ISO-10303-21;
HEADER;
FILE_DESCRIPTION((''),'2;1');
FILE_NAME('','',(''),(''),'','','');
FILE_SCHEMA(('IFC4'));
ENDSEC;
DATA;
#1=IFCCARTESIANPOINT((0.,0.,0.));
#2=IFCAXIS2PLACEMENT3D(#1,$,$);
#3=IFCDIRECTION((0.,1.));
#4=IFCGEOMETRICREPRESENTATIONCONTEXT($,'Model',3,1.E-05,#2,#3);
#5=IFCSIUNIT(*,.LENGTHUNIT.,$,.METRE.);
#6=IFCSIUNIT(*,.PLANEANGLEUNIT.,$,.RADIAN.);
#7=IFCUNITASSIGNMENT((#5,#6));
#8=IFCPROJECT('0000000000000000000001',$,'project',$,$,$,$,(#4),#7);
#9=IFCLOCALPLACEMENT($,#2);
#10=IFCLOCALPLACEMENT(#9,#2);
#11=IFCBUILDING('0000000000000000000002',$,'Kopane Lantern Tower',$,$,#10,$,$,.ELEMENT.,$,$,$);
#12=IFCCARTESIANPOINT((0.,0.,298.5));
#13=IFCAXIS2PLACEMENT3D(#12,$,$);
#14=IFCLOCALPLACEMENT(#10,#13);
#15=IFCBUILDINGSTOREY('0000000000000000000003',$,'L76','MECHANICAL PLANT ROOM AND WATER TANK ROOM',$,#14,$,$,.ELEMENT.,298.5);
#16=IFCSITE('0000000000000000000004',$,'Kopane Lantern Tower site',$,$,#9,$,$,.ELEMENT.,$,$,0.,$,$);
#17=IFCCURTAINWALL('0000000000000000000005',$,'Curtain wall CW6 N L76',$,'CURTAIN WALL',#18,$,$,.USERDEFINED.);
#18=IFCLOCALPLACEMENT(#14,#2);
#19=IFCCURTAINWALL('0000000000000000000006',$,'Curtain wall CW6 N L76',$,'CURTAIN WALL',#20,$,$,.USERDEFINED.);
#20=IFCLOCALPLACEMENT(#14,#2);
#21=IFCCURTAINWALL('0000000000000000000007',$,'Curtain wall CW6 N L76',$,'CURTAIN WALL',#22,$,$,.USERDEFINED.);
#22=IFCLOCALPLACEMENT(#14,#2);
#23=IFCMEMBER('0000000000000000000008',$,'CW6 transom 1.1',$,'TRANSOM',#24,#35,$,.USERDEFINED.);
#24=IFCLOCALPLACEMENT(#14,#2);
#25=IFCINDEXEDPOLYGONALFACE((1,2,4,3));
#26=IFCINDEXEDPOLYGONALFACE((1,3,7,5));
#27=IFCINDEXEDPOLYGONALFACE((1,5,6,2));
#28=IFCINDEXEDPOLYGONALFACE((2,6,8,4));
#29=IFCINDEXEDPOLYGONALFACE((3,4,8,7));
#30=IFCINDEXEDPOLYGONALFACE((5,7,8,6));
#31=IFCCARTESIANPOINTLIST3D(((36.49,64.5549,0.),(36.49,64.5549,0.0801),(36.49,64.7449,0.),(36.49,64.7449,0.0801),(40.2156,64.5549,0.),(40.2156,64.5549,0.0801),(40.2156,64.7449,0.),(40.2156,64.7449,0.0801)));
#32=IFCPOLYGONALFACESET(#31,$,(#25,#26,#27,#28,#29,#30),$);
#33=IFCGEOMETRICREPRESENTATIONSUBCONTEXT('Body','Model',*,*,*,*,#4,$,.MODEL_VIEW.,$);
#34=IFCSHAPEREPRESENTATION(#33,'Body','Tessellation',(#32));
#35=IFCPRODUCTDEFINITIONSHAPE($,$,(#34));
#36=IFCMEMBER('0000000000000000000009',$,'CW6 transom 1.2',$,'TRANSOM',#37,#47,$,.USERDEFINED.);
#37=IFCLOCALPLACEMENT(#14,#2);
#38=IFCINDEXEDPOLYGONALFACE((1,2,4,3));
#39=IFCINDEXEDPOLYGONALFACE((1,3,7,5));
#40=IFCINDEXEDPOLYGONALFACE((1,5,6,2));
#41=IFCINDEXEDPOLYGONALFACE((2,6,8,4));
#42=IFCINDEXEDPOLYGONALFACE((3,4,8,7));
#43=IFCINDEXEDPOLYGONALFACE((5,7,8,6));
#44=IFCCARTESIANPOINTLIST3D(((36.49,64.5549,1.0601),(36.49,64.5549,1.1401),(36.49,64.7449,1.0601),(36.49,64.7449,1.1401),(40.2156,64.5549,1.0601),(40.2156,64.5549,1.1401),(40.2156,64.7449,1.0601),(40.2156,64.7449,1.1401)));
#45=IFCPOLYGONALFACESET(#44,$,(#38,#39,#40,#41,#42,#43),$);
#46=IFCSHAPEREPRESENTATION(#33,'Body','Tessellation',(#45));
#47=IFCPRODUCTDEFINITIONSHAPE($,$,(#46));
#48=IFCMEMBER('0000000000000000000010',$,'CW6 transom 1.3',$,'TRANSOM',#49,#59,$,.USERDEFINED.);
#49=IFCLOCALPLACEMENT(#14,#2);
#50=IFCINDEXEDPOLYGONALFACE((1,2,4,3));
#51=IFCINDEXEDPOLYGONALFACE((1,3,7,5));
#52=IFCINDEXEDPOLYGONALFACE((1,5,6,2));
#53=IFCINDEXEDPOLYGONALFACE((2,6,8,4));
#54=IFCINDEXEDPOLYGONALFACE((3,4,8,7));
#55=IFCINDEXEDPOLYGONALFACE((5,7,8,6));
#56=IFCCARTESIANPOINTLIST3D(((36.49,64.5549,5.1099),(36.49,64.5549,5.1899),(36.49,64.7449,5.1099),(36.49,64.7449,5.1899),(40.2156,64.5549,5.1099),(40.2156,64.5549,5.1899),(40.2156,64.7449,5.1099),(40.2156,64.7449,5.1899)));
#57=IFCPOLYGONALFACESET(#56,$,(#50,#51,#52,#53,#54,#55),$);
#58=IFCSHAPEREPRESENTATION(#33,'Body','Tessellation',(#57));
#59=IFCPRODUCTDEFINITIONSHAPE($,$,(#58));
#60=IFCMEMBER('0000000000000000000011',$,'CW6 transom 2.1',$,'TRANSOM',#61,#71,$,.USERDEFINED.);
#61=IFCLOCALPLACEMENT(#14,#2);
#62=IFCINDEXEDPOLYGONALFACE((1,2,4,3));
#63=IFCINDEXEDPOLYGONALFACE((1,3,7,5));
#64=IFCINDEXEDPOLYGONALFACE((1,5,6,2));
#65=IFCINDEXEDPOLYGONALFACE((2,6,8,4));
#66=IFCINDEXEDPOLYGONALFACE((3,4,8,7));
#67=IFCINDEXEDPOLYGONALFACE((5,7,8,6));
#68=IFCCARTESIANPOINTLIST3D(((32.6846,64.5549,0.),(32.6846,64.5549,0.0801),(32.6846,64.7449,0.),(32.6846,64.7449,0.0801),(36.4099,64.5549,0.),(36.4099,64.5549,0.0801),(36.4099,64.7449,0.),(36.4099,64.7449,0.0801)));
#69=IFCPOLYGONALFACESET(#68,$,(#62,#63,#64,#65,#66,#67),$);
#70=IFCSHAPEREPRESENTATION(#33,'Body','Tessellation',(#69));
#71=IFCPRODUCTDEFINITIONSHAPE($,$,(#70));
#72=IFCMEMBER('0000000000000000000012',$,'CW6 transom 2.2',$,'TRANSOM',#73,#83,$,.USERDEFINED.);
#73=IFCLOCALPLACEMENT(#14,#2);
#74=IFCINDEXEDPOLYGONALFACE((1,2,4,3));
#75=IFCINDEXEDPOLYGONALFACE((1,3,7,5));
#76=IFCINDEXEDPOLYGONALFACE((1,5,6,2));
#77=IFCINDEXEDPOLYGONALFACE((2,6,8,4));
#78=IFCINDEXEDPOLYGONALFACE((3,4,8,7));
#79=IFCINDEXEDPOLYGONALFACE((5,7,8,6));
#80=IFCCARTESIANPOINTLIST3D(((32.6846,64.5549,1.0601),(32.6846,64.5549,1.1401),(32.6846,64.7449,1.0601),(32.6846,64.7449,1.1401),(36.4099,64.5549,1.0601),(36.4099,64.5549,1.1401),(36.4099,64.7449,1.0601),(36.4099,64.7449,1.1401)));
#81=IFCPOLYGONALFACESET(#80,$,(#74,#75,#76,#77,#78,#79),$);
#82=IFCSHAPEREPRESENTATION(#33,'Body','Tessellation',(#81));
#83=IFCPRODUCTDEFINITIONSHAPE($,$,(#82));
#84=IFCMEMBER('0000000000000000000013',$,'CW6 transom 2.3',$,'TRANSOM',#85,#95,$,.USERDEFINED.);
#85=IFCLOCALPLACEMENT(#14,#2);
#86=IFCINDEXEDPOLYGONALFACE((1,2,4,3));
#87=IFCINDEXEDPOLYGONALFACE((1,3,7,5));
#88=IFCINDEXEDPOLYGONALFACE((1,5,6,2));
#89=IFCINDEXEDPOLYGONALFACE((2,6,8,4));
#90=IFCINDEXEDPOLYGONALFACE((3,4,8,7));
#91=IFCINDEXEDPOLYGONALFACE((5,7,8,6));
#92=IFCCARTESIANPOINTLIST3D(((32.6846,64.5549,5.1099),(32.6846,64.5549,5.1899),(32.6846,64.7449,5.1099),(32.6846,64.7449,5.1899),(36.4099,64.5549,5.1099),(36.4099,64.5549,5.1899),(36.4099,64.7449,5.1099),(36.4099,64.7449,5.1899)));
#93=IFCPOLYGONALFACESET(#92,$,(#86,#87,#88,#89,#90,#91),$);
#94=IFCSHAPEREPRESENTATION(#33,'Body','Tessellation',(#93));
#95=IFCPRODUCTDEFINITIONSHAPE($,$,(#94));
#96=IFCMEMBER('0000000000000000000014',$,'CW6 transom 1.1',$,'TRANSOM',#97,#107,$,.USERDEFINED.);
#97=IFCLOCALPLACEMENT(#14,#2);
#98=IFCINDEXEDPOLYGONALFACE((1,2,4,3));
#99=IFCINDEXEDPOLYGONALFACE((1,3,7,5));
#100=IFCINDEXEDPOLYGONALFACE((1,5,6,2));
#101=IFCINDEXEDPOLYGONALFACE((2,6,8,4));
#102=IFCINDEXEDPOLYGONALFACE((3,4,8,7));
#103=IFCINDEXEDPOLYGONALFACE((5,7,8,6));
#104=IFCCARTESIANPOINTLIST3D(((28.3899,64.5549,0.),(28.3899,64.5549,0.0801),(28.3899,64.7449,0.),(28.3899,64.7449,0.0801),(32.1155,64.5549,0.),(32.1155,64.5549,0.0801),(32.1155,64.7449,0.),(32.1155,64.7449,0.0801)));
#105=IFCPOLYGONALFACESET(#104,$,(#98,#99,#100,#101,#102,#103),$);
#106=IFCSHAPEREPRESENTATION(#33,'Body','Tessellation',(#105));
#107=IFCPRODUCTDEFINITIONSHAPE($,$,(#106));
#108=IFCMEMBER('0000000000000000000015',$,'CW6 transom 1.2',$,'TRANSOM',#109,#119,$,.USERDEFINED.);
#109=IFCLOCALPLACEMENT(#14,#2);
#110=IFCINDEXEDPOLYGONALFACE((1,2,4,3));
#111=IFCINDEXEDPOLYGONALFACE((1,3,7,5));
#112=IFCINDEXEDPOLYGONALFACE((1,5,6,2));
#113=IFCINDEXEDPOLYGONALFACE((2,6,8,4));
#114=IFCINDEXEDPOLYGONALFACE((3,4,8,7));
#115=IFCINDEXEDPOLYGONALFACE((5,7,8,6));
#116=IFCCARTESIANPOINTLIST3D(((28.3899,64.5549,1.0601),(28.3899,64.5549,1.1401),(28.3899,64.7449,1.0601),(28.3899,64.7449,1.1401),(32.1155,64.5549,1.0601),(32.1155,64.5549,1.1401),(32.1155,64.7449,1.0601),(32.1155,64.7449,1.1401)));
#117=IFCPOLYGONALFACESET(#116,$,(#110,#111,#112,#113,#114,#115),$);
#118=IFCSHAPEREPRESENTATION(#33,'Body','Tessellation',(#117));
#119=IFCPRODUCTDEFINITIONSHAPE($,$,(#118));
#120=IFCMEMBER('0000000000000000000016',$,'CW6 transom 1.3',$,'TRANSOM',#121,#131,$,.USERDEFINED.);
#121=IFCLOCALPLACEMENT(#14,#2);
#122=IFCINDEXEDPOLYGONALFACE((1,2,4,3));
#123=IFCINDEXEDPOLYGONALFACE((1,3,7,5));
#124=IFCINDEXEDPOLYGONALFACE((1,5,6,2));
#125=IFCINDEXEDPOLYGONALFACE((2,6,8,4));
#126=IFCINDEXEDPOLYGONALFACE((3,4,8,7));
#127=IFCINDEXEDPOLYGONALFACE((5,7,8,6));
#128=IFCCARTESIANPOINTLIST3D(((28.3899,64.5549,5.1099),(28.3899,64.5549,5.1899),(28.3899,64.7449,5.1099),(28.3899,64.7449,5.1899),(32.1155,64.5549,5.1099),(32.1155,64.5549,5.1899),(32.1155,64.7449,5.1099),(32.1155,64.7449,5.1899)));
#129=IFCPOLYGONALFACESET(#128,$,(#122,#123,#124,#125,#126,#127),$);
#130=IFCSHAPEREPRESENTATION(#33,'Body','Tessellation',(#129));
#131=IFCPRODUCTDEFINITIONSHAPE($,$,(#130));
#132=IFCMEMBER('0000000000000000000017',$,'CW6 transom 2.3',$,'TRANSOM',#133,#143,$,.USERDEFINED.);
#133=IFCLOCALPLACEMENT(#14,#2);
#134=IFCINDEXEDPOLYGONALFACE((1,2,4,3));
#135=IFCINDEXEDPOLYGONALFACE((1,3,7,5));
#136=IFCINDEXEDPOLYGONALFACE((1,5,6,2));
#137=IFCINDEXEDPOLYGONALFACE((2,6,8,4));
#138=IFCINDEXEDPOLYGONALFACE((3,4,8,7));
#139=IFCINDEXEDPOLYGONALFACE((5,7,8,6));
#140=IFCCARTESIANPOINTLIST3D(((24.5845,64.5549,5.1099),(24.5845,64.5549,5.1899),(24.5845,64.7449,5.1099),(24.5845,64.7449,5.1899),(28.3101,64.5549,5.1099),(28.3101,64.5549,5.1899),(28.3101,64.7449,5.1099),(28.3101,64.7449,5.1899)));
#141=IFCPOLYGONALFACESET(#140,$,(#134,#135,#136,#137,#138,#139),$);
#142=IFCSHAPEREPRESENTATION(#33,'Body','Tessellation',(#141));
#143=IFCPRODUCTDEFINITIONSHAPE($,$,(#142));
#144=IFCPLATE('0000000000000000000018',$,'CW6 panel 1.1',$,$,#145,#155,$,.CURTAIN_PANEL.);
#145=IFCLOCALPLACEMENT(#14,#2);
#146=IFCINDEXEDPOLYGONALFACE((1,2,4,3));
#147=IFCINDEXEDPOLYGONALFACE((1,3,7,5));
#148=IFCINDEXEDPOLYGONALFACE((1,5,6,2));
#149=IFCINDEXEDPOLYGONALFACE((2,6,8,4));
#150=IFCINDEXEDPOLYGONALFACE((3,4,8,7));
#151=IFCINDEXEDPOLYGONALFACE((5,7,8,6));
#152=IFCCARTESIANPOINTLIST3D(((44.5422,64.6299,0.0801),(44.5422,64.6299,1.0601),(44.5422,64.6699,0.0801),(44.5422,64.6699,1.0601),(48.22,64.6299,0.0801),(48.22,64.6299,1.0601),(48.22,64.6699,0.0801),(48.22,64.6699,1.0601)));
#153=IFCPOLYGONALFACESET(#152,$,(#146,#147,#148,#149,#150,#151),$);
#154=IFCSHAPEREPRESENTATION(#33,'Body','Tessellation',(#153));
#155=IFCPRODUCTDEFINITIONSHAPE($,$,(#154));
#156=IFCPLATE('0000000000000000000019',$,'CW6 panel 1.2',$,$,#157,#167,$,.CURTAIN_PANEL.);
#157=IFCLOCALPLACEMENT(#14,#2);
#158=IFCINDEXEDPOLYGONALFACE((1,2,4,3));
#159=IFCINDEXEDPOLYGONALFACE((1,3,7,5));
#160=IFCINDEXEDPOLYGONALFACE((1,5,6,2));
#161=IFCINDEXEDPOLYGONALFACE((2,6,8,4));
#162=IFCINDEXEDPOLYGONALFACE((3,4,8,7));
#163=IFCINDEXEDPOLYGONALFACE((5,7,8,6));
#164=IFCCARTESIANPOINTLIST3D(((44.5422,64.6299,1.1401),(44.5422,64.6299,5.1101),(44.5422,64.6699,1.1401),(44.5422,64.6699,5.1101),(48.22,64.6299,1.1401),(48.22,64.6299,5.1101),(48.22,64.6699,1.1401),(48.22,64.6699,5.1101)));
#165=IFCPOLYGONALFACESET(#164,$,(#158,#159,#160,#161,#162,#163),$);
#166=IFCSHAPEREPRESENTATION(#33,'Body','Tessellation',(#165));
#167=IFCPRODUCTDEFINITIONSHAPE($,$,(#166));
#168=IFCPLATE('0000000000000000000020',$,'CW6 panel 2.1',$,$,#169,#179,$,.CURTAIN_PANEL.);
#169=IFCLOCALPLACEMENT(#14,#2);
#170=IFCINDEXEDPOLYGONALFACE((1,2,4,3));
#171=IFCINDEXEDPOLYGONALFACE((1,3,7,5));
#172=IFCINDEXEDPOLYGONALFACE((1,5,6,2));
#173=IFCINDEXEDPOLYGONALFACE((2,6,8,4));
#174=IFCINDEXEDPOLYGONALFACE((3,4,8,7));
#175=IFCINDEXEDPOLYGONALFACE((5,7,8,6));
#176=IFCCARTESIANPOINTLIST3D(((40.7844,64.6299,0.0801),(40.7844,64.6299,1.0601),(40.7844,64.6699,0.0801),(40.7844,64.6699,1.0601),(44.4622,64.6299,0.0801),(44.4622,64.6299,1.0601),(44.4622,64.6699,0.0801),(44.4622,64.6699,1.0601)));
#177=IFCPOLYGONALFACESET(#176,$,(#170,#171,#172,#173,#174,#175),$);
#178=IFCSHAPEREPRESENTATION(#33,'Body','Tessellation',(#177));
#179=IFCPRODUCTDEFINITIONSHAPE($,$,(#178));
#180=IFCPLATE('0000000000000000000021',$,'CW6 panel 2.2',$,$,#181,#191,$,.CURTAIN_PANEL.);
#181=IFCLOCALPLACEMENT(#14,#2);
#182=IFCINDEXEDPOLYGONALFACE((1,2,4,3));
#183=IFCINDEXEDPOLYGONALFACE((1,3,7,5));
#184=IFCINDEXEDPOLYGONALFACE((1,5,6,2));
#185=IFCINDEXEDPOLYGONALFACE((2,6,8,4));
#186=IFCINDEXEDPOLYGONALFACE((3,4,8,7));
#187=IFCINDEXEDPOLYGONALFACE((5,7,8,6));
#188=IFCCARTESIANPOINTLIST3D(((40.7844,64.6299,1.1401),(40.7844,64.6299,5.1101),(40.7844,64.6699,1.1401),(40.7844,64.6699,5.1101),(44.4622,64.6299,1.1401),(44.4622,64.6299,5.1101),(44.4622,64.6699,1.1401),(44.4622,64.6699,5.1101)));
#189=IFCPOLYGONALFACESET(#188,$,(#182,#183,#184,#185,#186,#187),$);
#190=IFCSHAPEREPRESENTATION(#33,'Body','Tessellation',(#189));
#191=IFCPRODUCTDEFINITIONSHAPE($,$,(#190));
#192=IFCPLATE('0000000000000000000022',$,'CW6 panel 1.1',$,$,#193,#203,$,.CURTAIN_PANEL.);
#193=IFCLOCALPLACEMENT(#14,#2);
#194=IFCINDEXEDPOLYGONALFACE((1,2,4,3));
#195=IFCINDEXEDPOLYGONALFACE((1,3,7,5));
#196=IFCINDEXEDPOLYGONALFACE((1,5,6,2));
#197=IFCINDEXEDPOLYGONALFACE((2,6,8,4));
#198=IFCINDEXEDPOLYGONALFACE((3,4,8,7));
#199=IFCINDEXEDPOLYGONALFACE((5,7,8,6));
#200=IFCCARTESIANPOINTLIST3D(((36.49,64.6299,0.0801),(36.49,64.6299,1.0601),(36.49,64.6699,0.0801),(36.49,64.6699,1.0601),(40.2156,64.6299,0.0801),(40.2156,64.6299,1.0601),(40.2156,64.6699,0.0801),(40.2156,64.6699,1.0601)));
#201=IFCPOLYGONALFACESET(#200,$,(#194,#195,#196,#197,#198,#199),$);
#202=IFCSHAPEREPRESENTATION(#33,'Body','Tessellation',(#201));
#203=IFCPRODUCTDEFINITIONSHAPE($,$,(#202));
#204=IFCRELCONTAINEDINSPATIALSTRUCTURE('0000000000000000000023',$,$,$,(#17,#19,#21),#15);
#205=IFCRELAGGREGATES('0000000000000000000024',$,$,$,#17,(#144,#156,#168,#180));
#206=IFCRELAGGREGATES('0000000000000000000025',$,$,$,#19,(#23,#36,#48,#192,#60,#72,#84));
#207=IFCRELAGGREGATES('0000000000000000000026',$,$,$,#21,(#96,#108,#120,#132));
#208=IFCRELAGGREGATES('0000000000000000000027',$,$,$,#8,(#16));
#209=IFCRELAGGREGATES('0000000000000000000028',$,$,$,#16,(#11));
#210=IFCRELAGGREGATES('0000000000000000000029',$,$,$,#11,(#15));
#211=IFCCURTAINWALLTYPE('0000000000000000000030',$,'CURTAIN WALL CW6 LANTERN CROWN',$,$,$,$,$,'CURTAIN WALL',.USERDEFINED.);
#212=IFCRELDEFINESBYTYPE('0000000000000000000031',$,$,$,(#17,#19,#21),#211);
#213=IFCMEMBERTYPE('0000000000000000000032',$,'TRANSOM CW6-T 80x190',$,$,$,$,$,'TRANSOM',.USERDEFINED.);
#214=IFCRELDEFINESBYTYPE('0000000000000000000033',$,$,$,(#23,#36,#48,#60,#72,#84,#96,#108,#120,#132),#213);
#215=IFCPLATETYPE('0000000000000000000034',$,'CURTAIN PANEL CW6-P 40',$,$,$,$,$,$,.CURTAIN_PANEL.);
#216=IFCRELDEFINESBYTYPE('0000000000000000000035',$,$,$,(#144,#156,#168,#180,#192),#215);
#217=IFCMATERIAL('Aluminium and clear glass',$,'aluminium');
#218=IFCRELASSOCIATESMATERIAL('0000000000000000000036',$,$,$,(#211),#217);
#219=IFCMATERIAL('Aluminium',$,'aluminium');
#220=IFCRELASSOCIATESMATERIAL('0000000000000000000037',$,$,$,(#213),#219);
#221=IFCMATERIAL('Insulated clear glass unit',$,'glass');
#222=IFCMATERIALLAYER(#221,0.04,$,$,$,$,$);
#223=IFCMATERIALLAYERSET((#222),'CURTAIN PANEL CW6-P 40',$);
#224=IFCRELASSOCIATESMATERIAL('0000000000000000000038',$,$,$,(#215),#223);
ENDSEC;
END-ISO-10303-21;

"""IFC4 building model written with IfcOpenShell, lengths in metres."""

from ifc_helpers import new_model, si_unit, direction, frame, origin, origin_2d, place, context, subcontext, project, spatial, rectangle, extrude, material, layer, layer_set, material_profile, profile_set, type_object, element, aggregate, save


model = new_model("IFC4")

# Units and contexts
model_context = context("Model", 3, precision=1e-05, world=origin(), true_north=direction((0.0, 1.0)))
body_context = subcontext(model_context, "Body", "Model", "MODEL_VIEW")
ifc_project = project(units=[si_unit("LENGTHUNIT", "METRE"), si_unit("PLANEANGLEUNIT", "RADIAN")], contexts=[model_context])

# Site, building, storey
site_placement = place(None, origin())
site = spatial("IfcSite", under=ifc_project, at=site_placement, Name="Kopane Lantern Tower site", CompositionType="ELEMENT", RefElevation=0.0)
building_placement = place(site_placement, origin())
building = spatial("IfcBuilding", under=site, at=building_placement, Name="Kopane Lantern Tower", CompositionType="ELEMENT")
storey_placement = place(building_placement, frame((0.0, 0.0, 298.5)))
storey = spatial("IfcBuildingStorey", under=building, at=storey_placement, Name="L76", Description="MECHANICAL PLANT ROOM AND WATER TANK ROOM", CompositionType="ELEMENT", Elevation=298.5)

# Curtain walls
ifc_material_1 = material(Name="Aluminium and clear glass", Category="aluminium")
curtain_wall_type = type_object("IfcCurtainWallType", Name="CURTAIN WALL CW6 LANTERN CROWN", ElementType="CURTAIN WALL", PredefinedType="USERDEFINED", material=ifc_material_1)
curtain_wall_1_placement = place(storey_placement, origin())
curtain_wall_1 = element("IfcCurtainWall", 1, at=curtain_wall_1_placement, inside=storey, type_object=curtain_wall_type, Name="Curtain wall CW6 N L76", ObjectType="CURTAIN WALL", PredefinedType="USERDEFINED")
curtain_wall_2_placement = place(storey_placement, origin())
curtain_wall_2 = element("IfcCurtainWall", 2, at=curtain_wall_2_placement, inside=storey, type_object=curtain_wall_type, Name="Curtain wall CW6 N L76", ObjectType="CURTAIN WALL", PredefinedType="USERDEFINED")
curtain_wall_3_placement = place(storey_placement, origin())
curtain_wall_3 = element("IfcCurtainWall", 3, at=curtain_wall_3_placement, inside=storey, type_object=curtain_wall_type, Name="Curtain wall CW6 N L76", ObjectType="CURTAIN WALL", PredefinedType="USERDEFINED")

# Shared definitions
ifc_material_2 = material(Name="Aluminium", Category="aluminium")
ifc_material_profile_1 = material_profile(ifc_material_2, rectangle(XDim=0.1899, YDim=0.0801, at=origin_2d()), Name="AL 190x80")
ifc_profile_set_1 = profile_set([ifc_material_profile_1], Name="Aluminium")
member_type_1 = type_object("IfcMemberType", Name="TRANSOM CW6-T 80x190", ElementType="TRANSOM", PredefinedType="USERDEFINED", material=ifc_profile_set_1)

# Members
member_1_placement = place(storey_placement, frame((40.2156, 64.6499, 0.04), z_axis=(-1.0, 0.0, 0.0), x_axis=(0.0, -1.0, 0.0)))
member_1 = element("IfcMember", 4, at=member_1_placement, type_object=member_type_1, Name="CW6 transom 1.1", ObjectType="TRANSOM", PredefinedType="USERDEFINED", context=body_context, shape_type="SweptSolid", body=[
    extrude(rectangle(XDim=0.1899, YDim=0.0801, at=origin_2d()), origin(), (0.0, 0.0, 1.0), 3.7256),
])
member_2_placement = place(storey_placement, frame((40.2156, 64.6499, 1.1001), z_axis=(-1.0, 0.0, 0.0), x_axis=(0.0, -1.0, 0.0)))
member_2 = element("IfcMember", 5, at=member_2_placement, type_object=member_type_1, Name="CW6 transom 1.2", ObjectType="TRANSOM", PredefinedType="USERDEFINED", context=body_context, shape_type="SweptSolid", body=[
    extrude(rectangle(XDim=0.1899, YDim=0.0801, at=origin_2d()), origin(), (0.0, 0.0, 1.0), 3.7256),
])
member_3_placement = place(storey_placement, frame((40.2156, 64.6499, 5.1499), z_axis=(-1.0, 0.0, 0.0), x_axis=(0.0, -1.0, 0.0)))
member_3 = element("IfcMember", 6, at=member_3_placement, type_object=member_type_1, Name="CW6 transom 1.3", ObjectType="TRANSOM", PredefinedType="USERDEFINED", context=body_context, shape_type="SweptSolid", body=[
    extrude(rectangle(XDim=0.1899, YDim=0.0801, at=origin_2d()), origin(), (0.0, 0.0, 1.0), 3.7256),
])
member_4_placement = place(storey_placement, frame((36.4099, 64.6499, 0.04), z_axis=(-1.0, 0.0, 0.0), x_axis=(0.0, -1.0, 0.0)))
member_4 = element("IfcMember", 7, at=member_4_placement, type_object=member_type_1, Name="CW6 transom 2.1", ObjectType="TRANSOM", PredefinedType="USERDEFINED", context=body_context, shape_type="SweptSolid", body=[
    extrude(rectangle(XDim=0.1899, YDim=0.0801, at=origin_2d()), origin(), (0.0, 0.0, 1.0), 3.7253),
])
member_5_placement = place(storey_placement, frame((36.4099, 64.6499, 1.1001), z_axis=(-1.0, 0.0, 0.0), x_axis=(0.0, -1.0, 0.0)))
member_5 = element("IfcMember", 8, at=member_5_placement, type_object=member_type_1, Name="CW6 transom 2.2", ObjectType="TRANSOM", PredefinedType="USERDEFINED", context=body_context, shape_type="SweptSolid", body=[
    extrude(rectangle(XDim=0.1899, YDim=0.0801, at=origin_2d()), origin(), (0.0, 0.0, 1.0), 3.7253),
])
member_6_placement = place(storey_placement, frame((36.4099, 64.6499, 5.1499), z_axis=(-1.0, 0.0, 0.0), x_axis=(0.0, -1.0, 0.0)))
member_6 = element("IfcMember", 9, at=member_6_placement, type_object=member_type_1, Name="CW6 transom 2.3", ObjectType="TRANSOM", PredefinedType="USERDEFINED", context=body_context, shape_type="SweptSolid", body=[
    extrude(rectangle(XDim=0.1899, YDim=0.0801, at=origin_2d()), origin(), (0.0, 0.0, 1.0), 3.7253),
])
member_7_placement = place(storey_placement, frame((32.1155, 64.6499, 0.04), z_axis=(-1.0, 0.0, 0.0), x_axis=(0.0, -1.0, 0.0)))
member_7 = element("IfcMember", 10, at=member_7_placement, type_object=member_type_1, Name="CW6 transom 1.1", ObjectType="TRANSOM", PredefinedType="USERDEFINED", context=body_context, shape_type="SweptSolid", body=[
    extrude(rectangle(XDim=0.1899, YDim=0.0801, at=origin_2d()), origin(), (0.0, 0.0, 1.0), 3.7256),
])
member_8_placement = place(storey_placement, frame((32.1155, 64.6499, 1.1001), z_axis=(-1.0, 0.0, 0.0), x_axis=(0.0, -1.0, 0.0)))
member_8 = element("IfcMember", 11, at=member_8_placement, type_object=member_type_1, Name="CW6 transom 1.2", ObjectType="TRANSOM", PredefinedType="USERDEFINED", context=body_context, shape_type="SweptSolid", body=[
    extrude(rectangle(XDim=0.1899, YDim=0.0801, at=origin_2d()), origin(), (0.0, 0.0, 1.0), 3.7256),
])
member_9_placement = place(storey_placement, frame((32.1155, 64.6499, 5.1499), z_axis=(-1.0, 0.0, 0.0), x_axis=(0.0, -1.0, 0.0)))
member_9 = element("IfcMember", 12, at=member_9_placement, type_object=member_type_1, Name="CW6 transom 1.3", ObjectType="TRANSOM", PredefinedType="USERDEFINED", context=body_context, shape_type="SweptSolid", body=[
    extrude(rectangle(XDim=0.1899, YDim=0.0801, at=origin_2d()), origin(), (0.0, 0.0, 1.0), 3.7256),
])
member_10_placement = place(storey_placement, frame((28.3101, 64.6499, 5.1499), z_axis=(-1.0, 0.0, 0.0), x_axis=(0.0, -1.0, 0.0)))
member_10 = element("IfcMember", 13, at=member_10_placement, type_object=member_type_1, Name="CW6 transom 2.3", ObjectType="TRANSOM", PredefinedType="USERDEFINED", context=body_context, shape_type="SweptSolid", body=[
    extrude(rectangle(XDim=0.1899, YDim=0.0801, at=origin_2d()), origin(), (0.0, 0.0, 1.0), 3.7256),
])

# Plates
ifc_material_3 = material(Name="Insulated clear glass unit", Category="glass")
ifc_layer = layer(ifc_material_3, 0.04)
ifc_layer_set = layer_set([ifc_layer], Name="CURTAIN PANEL CW6-P 40")
plate_type = type_object("IfcPlateType", Name="CURTAIN PANEL CW6-P 40", PredefinedType="CURTAIN_PANEL", material=ifc_layer_set)
plate_1_placement = place(storey_placement, frame((46.3811, 64.6499, 0.0801), z_axis=(0.0, 0.0, 1.0), x_axis=(-1.0, 0.0, 0.0)))
plate_1 = element("IfcPlate", 14, at=plate_1_placement, type_object=plate_type, Name="CW6 panel 1.1", PredefinedType="CURTAIN_PANEL", context=body_context, shape_type="SweptSolid", body=[
    extrude(rectangle(XDim=3.6777, YDim=0.04, at=origin_2d()), origin(), (0.0, 0.0, 1.0), 0.98),
])
plate_2_placement = place(storey_placement, frame((46.3811, 64.6499, 1.1401), z_axis=(0.0, 0.0, 1.0), x_axis=(-1.0, 0.0, 0.0)))
plate_2 = element("IfcPlate", 15, at=plate_2_placement, type_object=plate_type, Name="CW6 panel 1.2", PredefinedType="CURTAIN_PANEL", context=body_context, shape_type="SweptSolid", body=[
    extrude(rectangle(XDim=3.6777, YDim=0.04, at=origin_2d()), origin(), (0.0, 0.0, 1.0), 3.97),
])
plate_3_placement = place(storey_placement, frame((42.6233, 64.6499, 0.0801), z_axis=(0.0, 0.0, 1.0), x_axis=(-1.0, 0.0, 0.0)))
plate_3 = element("IfcPlate", 16, at=plate_3_placement, type_object=plate_type, Name="CW6 panel 2.1", PredefinedType="CURTAIN_PANEL", context=body_context, shape_type="SweptSolid", body=[
    extrude(rectangle(XDim=3.6777, YDim=0.04, at=origin_2d()), origin(), (0.0, 0.0, 1.0), 0.98),
])
plate_4_placement = place(storey_placement, frame((42.6233, 64.6499, 1.1401), z_axis=(0.0, 0.0, 1.0), x_axis=(-1.0, 0.0, 0.0)))
plate_4 = element("IfcPlate", 17, at=plate_4_placement, type_object=plate_type, Name="CW6 panel 2.2", PredefinedType="CURTAIN_PANEL", context=body_context, shape_type="SweptSolid", body=[
    extrude(rectangle(XDim=3.6777, YDim=0.04, at=origin_2d()), origin(), (0.0, 0.0, 1.0), 3.97),
])
aggregate(curtain_wall_1, [plate_1, plate_2, plate_3, plate_4])
plate_5_placement = place(storey_placement, frame((38.3528, 64.6499, 0.0801), z_axis=(0.0, 0.0, 1.0), x_axis=(-1.0, 0.0, 0.0)))
plate_5 = element("IfcPlate", 18, at=plate_5_placement, type_object=plate_type, Name="CW6 panel 1.1", PredefinedType="CURTAIN_PANEL", context=body_context, shape_type="SweptSolid", body=[
    extrude(rectangle(XDim=3.7256, YDim=0.04, at=origin_2d()), origin(), (0.0, 0.0, 1.0), 0.98),
])
aggregate(curtain_wall_2, [member_1, member_2, member_3, plate_5, member_4, member_5, member_6])
aggregate(curtain_wall_3, [member_7, member_8, member_9, member_10])

save(model, "model.ifc")
